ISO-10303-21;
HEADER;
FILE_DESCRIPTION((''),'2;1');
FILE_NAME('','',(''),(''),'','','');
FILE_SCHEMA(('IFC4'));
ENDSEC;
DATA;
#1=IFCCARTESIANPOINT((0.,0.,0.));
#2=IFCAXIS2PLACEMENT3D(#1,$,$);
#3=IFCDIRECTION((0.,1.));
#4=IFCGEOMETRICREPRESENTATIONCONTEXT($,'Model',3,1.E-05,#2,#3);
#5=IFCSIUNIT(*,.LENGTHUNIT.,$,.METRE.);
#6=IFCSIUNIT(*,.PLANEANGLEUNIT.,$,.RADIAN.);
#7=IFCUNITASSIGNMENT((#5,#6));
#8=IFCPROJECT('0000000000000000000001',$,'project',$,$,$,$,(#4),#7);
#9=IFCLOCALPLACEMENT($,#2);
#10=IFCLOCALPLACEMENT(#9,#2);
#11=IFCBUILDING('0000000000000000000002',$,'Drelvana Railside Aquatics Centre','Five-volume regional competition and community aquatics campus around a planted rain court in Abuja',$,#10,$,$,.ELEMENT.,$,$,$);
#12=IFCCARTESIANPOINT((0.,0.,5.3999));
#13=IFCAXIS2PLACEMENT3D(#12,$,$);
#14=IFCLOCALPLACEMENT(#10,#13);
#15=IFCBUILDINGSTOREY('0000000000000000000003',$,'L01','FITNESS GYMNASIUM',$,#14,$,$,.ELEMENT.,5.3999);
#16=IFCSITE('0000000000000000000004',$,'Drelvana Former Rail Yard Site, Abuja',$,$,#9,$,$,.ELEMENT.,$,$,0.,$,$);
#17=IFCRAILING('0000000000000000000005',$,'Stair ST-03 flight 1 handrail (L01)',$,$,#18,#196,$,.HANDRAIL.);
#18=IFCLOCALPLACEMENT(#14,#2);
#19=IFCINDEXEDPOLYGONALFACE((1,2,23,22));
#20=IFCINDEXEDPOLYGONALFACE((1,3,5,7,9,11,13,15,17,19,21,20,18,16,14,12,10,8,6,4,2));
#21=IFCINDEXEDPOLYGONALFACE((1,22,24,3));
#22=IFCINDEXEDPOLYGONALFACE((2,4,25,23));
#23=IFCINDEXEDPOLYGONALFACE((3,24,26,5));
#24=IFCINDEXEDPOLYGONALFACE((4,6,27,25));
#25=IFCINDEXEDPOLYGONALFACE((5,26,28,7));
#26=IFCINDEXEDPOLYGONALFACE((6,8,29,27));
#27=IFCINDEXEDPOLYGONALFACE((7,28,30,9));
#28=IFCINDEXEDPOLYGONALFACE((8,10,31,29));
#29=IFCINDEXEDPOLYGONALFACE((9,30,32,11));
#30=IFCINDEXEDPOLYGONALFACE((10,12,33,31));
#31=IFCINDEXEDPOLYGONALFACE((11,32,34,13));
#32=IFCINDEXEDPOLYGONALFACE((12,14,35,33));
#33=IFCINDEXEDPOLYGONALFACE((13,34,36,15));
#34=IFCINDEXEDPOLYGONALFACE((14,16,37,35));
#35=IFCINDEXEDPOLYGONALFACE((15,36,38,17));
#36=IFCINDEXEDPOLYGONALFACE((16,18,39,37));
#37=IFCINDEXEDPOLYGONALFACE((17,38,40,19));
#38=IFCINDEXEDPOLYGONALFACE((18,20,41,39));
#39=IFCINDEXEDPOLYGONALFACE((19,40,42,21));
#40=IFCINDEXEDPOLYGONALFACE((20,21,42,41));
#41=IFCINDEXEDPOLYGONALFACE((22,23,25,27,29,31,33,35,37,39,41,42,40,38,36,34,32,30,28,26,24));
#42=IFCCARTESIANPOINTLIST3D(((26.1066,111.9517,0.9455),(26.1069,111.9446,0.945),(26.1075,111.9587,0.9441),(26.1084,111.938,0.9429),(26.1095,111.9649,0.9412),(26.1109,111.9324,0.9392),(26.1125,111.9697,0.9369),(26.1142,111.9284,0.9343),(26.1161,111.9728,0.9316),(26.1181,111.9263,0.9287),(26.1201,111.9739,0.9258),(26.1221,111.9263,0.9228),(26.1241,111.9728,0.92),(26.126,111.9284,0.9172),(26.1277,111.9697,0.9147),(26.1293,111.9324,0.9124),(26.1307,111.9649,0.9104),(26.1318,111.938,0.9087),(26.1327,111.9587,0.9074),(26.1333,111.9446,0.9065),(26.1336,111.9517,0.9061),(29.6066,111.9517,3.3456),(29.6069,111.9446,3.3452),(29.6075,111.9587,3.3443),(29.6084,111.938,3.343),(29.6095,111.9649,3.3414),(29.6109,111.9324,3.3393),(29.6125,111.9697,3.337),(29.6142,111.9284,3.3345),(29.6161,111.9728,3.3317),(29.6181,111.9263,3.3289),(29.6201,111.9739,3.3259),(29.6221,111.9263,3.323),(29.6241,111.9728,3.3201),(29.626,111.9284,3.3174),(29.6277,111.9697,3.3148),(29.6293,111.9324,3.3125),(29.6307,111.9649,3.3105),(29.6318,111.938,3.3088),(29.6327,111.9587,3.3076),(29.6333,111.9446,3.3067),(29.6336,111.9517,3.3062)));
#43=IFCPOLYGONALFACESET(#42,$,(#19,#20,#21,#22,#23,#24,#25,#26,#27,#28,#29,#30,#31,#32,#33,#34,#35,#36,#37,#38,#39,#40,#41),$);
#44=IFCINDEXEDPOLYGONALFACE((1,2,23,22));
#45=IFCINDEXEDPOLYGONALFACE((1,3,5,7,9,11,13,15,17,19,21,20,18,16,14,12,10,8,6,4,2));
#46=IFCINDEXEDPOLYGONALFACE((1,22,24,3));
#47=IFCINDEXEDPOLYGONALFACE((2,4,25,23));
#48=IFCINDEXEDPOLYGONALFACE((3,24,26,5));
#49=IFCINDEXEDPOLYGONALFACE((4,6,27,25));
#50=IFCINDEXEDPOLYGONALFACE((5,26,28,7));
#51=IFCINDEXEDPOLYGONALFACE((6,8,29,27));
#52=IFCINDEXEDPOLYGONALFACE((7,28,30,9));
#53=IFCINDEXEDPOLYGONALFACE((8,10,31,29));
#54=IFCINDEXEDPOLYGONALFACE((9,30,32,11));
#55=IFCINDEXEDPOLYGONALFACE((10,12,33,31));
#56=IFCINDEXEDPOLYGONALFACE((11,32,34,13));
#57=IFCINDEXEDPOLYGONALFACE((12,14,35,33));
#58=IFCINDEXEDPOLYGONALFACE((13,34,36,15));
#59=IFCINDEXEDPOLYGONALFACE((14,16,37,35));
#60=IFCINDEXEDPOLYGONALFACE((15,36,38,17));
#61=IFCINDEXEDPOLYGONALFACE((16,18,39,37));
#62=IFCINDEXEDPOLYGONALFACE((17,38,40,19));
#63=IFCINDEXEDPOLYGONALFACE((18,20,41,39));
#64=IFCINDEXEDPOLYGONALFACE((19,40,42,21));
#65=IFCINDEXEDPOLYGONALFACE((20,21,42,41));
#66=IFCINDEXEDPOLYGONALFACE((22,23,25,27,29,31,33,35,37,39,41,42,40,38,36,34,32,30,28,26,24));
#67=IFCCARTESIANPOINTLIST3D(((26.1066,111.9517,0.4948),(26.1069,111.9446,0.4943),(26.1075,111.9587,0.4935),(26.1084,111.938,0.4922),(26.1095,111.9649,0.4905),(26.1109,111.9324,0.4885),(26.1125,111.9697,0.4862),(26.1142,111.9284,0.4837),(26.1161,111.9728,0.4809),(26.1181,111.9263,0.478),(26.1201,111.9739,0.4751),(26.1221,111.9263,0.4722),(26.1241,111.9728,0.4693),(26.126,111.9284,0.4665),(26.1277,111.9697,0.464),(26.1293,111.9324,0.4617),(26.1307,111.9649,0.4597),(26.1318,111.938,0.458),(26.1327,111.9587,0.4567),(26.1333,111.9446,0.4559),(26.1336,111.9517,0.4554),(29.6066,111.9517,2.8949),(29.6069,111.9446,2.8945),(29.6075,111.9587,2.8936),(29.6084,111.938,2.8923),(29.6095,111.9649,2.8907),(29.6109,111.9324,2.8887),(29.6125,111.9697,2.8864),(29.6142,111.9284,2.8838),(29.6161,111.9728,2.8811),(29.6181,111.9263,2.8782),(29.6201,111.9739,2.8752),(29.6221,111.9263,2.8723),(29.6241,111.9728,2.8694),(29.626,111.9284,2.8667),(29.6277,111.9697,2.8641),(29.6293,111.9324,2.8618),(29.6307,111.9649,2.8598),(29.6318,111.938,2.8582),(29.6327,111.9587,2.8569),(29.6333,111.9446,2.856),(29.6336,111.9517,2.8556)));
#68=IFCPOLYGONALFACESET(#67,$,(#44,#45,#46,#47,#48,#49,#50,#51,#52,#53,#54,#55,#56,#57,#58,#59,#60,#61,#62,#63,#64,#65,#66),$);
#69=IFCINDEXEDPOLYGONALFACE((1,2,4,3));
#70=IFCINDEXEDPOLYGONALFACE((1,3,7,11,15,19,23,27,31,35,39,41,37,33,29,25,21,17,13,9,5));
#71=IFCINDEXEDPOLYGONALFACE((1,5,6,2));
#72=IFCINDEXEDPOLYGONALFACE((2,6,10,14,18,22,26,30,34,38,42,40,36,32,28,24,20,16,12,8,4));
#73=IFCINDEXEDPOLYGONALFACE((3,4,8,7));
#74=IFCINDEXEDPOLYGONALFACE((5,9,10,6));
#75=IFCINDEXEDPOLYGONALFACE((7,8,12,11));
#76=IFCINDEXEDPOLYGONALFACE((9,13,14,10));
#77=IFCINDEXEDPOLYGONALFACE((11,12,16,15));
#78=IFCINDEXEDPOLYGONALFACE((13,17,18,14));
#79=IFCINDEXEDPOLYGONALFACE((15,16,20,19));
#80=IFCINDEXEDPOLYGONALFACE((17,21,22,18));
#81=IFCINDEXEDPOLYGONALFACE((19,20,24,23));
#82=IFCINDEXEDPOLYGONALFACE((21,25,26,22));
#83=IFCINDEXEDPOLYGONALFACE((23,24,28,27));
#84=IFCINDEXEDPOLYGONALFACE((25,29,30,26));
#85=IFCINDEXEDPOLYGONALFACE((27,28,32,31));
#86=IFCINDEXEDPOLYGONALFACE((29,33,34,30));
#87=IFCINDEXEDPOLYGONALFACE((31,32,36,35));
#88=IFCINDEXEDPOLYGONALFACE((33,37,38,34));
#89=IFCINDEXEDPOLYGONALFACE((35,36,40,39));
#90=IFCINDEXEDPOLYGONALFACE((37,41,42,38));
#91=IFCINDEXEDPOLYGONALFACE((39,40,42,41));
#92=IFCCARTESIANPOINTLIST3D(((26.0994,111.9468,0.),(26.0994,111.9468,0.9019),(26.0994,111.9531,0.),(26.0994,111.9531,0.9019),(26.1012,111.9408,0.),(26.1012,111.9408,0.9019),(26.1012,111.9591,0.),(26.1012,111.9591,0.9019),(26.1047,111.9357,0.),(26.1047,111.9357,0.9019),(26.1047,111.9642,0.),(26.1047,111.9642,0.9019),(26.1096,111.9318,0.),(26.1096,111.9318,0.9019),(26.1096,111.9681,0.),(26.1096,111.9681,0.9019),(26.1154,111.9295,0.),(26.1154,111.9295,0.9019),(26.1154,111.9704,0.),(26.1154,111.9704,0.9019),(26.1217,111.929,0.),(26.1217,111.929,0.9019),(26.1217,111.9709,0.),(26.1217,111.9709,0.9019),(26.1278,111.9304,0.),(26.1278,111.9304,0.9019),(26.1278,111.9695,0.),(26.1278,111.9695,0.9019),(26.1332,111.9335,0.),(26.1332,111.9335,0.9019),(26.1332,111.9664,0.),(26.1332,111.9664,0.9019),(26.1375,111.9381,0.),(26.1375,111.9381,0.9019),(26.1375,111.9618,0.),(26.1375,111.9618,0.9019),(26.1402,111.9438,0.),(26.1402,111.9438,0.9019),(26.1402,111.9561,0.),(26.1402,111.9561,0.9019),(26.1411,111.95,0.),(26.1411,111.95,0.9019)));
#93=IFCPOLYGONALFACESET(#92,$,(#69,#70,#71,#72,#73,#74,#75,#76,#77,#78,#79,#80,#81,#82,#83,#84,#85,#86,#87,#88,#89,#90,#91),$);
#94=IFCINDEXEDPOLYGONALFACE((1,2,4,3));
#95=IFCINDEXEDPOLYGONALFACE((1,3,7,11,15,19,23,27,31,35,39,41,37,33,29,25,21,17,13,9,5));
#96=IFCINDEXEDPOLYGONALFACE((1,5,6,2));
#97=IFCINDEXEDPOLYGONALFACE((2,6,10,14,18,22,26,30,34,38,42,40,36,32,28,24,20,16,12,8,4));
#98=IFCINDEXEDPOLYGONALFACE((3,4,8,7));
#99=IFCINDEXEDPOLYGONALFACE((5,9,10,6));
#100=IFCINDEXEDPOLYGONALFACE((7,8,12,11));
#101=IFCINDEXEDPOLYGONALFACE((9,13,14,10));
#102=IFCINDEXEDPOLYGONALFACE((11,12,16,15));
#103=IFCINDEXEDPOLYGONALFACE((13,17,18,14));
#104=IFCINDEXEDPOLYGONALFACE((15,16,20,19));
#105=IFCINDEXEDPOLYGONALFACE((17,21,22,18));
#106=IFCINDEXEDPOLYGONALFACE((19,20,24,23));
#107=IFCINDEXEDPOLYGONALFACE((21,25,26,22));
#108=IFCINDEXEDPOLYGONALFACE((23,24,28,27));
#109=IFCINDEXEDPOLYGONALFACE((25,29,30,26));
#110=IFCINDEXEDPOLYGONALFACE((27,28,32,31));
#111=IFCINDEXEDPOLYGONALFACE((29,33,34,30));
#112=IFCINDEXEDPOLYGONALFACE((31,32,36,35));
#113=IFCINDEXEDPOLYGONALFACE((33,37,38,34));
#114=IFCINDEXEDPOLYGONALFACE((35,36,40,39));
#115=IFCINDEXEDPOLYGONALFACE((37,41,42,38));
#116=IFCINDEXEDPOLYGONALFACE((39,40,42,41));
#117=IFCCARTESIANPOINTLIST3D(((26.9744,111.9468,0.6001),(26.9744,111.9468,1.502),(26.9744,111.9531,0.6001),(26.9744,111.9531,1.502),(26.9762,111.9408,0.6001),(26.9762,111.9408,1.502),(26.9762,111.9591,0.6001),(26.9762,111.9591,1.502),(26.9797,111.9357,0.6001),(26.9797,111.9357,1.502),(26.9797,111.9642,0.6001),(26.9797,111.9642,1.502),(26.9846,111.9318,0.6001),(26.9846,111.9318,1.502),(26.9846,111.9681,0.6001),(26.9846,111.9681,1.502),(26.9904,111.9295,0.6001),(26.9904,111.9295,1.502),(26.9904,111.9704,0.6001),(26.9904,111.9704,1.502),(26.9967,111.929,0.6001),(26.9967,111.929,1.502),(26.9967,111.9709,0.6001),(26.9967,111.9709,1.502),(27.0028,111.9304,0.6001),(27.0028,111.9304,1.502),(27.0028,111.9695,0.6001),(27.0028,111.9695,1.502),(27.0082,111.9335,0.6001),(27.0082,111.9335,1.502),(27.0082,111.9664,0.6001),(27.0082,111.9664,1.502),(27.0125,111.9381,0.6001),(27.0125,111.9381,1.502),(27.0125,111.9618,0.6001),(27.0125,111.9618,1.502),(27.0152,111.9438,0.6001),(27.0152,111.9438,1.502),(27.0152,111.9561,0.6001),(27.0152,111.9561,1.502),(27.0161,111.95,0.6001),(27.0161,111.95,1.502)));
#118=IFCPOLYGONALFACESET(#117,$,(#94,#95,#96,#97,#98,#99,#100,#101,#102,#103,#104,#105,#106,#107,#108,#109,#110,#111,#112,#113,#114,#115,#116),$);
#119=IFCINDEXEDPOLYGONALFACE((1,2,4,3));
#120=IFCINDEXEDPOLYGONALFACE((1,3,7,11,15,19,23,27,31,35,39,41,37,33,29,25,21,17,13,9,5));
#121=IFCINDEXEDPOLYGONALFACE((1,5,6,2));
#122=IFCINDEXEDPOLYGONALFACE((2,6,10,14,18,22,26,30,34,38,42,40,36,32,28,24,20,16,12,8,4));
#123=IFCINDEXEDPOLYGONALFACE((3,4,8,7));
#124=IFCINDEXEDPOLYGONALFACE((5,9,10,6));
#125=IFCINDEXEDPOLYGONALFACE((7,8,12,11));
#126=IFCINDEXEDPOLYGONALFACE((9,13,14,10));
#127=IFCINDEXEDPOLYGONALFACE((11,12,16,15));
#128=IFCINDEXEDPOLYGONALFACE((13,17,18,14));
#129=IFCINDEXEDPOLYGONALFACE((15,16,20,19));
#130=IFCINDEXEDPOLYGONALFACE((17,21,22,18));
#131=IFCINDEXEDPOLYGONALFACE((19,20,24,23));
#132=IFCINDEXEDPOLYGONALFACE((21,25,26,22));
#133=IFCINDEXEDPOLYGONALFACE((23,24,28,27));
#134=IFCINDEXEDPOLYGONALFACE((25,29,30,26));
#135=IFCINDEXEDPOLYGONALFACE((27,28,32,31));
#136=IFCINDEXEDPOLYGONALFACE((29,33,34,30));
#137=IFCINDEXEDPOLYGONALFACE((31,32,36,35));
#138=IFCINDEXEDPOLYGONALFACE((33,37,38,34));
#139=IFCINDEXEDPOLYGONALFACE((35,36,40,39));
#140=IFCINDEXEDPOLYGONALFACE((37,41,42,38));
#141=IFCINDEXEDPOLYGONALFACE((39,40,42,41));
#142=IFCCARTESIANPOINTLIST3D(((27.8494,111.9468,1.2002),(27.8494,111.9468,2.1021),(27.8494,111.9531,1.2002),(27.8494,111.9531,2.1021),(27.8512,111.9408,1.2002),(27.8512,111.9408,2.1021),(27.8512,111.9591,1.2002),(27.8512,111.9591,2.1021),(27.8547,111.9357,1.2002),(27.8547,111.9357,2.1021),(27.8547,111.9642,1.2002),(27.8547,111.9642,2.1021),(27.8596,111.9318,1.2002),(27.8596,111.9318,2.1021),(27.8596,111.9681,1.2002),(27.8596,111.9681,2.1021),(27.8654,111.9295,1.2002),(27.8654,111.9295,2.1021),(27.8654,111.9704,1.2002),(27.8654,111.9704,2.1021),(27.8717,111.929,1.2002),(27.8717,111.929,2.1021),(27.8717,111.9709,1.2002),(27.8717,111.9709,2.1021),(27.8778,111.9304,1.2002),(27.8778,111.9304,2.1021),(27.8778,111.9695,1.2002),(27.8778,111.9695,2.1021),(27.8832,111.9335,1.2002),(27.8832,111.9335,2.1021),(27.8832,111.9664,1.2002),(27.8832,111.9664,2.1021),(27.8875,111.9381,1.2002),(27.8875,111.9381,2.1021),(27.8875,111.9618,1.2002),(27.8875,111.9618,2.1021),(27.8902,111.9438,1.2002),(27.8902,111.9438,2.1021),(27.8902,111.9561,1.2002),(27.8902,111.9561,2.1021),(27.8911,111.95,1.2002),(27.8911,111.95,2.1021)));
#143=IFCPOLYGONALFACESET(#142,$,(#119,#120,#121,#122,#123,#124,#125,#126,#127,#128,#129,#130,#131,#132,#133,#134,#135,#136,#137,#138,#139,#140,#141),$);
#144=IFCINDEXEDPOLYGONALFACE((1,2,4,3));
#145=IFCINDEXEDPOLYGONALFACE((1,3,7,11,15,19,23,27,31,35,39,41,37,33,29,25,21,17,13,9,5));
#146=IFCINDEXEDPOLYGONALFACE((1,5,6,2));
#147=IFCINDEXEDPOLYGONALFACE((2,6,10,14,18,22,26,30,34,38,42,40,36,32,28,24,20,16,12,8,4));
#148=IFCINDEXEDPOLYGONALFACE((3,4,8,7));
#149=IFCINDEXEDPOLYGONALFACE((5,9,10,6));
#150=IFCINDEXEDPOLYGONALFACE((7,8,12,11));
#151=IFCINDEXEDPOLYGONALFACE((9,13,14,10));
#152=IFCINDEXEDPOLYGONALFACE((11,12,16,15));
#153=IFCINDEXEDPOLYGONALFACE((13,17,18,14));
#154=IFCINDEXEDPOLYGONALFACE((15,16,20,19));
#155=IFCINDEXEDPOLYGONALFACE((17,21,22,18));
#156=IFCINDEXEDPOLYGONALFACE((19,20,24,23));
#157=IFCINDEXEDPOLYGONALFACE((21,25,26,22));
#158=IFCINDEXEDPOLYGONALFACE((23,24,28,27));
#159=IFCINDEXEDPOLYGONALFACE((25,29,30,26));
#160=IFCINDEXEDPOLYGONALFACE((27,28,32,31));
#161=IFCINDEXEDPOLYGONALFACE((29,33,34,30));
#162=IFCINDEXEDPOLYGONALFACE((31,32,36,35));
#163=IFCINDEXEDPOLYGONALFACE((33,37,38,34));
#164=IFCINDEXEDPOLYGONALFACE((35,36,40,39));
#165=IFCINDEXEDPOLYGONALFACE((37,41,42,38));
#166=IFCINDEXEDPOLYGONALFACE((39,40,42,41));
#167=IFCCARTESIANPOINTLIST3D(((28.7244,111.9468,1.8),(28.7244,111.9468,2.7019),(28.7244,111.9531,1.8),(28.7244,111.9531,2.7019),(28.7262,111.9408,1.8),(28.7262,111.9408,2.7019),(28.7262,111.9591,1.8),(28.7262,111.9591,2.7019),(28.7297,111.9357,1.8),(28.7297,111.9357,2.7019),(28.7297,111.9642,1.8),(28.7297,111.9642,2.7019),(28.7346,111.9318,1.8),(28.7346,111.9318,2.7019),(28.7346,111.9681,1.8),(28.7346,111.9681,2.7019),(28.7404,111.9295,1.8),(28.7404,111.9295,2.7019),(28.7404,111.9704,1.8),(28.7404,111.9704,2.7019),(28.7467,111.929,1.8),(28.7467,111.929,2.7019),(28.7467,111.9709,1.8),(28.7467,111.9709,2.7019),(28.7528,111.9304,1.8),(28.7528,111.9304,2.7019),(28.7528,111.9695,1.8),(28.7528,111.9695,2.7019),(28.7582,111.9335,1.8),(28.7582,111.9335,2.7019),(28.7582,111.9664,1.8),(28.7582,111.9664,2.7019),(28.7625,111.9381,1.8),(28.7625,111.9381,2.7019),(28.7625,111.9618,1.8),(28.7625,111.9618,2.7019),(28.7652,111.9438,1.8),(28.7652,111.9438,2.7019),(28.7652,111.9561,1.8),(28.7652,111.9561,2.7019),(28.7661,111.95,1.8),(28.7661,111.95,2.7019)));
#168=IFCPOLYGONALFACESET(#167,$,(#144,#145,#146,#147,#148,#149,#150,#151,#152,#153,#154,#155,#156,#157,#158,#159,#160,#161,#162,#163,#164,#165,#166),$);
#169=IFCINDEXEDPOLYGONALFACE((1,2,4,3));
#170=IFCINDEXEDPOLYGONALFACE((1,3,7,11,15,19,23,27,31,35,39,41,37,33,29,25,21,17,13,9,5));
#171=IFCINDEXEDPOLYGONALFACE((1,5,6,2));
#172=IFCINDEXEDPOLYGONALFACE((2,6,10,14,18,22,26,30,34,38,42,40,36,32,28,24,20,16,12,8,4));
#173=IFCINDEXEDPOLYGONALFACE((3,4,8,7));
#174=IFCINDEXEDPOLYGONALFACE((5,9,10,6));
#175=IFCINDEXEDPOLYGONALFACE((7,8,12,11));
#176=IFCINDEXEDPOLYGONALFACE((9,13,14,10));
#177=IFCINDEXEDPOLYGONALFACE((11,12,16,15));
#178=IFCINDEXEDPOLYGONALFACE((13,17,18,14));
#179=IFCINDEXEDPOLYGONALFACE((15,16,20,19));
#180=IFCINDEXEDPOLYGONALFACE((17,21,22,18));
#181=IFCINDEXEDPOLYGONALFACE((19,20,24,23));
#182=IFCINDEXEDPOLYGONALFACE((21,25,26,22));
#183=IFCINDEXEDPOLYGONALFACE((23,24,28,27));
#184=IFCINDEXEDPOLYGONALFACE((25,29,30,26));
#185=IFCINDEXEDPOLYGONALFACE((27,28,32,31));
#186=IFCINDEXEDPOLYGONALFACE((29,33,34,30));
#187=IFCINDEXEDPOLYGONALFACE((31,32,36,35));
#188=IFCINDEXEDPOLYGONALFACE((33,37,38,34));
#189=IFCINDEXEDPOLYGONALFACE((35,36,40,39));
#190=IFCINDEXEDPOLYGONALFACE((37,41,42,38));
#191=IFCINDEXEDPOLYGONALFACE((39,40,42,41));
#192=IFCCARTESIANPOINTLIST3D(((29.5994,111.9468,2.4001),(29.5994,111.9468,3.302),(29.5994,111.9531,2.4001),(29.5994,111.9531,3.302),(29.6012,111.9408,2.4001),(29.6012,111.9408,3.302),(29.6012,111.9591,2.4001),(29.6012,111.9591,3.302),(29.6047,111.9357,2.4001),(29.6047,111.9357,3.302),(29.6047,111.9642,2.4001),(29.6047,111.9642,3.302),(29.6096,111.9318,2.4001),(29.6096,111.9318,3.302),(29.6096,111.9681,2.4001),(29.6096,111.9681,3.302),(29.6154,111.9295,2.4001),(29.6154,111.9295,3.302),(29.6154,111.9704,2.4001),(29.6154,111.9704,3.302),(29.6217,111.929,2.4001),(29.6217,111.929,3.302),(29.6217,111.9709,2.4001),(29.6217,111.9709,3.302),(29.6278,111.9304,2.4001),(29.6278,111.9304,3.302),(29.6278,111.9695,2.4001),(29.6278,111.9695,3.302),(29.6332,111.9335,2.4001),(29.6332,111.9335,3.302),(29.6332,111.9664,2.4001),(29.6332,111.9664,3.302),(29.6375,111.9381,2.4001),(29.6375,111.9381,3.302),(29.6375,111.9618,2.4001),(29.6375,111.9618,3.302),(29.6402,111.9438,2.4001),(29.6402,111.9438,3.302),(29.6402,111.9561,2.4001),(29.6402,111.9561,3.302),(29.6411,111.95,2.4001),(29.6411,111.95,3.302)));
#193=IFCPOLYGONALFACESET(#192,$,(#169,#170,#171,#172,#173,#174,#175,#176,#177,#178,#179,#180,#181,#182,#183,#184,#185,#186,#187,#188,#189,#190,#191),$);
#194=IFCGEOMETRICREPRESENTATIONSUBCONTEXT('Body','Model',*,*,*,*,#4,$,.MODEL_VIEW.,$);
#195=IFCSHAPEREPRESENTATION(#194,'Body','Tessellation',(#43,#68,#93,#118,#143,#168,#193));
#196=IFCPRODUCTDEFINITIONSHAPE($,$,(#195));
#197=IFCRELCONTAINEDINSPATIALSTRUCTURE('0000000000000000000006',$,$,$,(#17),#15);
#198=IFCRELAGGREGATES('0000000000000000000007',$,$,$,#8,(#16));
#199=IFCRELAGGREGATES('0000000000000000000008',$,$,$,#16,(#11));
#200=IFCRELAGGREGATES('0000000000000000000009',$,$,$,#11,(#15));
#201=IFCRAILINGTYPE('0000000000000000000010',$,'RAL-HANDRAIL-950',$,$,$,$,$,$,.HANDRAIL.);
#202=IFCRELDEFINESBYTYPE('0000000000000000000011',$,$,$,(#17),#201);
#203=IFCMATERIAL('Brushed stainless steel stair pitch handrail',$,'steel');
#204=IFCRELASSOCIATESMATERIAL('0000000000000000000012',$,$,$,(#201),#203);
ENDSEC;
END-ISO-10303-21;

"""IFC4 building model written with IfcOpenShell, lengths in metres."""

from ifc_helpers import new_model, si_unit, direction, frame, origin, origin_2d, place, context, subcontext, project, spatial, circle, extrude, material, type_object, element, save


model = new_model("IFC4")

# Units and contexts
model_context = context("Model", 3, precision=1e-05, world=origin(), true_north=direction((0.0, 1.0)))
body_context = subcontext(model_context, "Body", "Model", "MODEL_VIEW")
ifc_project = project(units=[si_unit("LENGTHUNIT", "METRE"), si_unit("PLANEANGLEUNIT", "RADIAN")], contexts=[model_context])

# Site, building, storey
site_placement = place(None, origin())
site = spatial("IfcSite", under=ifc_project, at=site_placement, Name="Drelvana Former Rail Yard Site, Abuja", CompositionType="ELEMENT", RefElevation=0.0)
building_placement = place(site_placement, origin())
building = spatial("IfcBuilding", under=site, at=building_placement, Name="Drelvana Railside Aquatics Centre", Description="Five-volume regional competition and community aquatics campus around a planted rain court in Abuja", CompositionType="ELEMENT")
storey_placement = place(building_placement, frame((0.0, 0.0, 5.3999)))
storey = spatial("IfcBuildingStorey", under=building, at=storey_placement, Name="L01", Description="FITNESS GYMNASIUM", CompositionType="ELEMENT", Elevation=5.3999)

# Railing
ifc_material_1 = material(Name="Brushed stainless steel stair pitch handrail", Category="steel")
railing_type = type_object("IfcRailingType", Name="RAL-HANDRAIL-950", PredefinedType="HANDRAIL", material=ifc_material_1)
railing_1_placement = place(storey_placement, frame((26.1201, 111.95, 0.0)))
element("IfcRailing", 1, at=railing_1_placement, inside=storey, type_object=railing_type, Name="Stair ST-03 flight 1 handrail (L01)", PredefinedType="HANDRAIL", context=body_context, shape_type="SweptSolid", body=[
    extrude(circle(Radius=0.0239, at=origin_2d()), frame((0.0, 0.0, 0.9258), z_axis=(0.824713, 0.0, 0.565552), x_axis=(0.0, 1.0, 0.0)), (0.0, 0.0, 1.0), 4.2439),
    extrude(circle(Radius=0.0239, at=origin_2d()), frame((0.0, 0.0, 0.4751), z_axis=(0.824713, 0.0, 0.565552), x_axis=(0.0, 1.0, 0.0)), (0.0, 0.0, 1.0), 4.2439),
    extrude(circle(Radius=0.021, at=origin_2d()), origin(), (0.0, 0.0, 1.0), 0.9019),
    extrude(circle(Radius=0.021, at=origin_2d()), frame((0.875, 0.0, 0.6001)), (0.0, 0.0, 1.0), 0.9019),
    extrude(circle(Radius=0.021, at=origin_2d()), frame((1.75, 0.0, 1.2002)), (0.0, 0.0, 1.0), 0.9019),
    extrude(circle(Radius=0.021, at=origin_2d()), frame((2.625, 0.0, 1.8)), (0.0, 0.0, 1.0), 0.9019),
    extrude(circle(Radius=0.021, at=origin_2d()), frame((3.5, 0.0, 2.4001)), (0.0, 0.0, 1.0), 0.9019),
])

save(model, "model.ifc")
